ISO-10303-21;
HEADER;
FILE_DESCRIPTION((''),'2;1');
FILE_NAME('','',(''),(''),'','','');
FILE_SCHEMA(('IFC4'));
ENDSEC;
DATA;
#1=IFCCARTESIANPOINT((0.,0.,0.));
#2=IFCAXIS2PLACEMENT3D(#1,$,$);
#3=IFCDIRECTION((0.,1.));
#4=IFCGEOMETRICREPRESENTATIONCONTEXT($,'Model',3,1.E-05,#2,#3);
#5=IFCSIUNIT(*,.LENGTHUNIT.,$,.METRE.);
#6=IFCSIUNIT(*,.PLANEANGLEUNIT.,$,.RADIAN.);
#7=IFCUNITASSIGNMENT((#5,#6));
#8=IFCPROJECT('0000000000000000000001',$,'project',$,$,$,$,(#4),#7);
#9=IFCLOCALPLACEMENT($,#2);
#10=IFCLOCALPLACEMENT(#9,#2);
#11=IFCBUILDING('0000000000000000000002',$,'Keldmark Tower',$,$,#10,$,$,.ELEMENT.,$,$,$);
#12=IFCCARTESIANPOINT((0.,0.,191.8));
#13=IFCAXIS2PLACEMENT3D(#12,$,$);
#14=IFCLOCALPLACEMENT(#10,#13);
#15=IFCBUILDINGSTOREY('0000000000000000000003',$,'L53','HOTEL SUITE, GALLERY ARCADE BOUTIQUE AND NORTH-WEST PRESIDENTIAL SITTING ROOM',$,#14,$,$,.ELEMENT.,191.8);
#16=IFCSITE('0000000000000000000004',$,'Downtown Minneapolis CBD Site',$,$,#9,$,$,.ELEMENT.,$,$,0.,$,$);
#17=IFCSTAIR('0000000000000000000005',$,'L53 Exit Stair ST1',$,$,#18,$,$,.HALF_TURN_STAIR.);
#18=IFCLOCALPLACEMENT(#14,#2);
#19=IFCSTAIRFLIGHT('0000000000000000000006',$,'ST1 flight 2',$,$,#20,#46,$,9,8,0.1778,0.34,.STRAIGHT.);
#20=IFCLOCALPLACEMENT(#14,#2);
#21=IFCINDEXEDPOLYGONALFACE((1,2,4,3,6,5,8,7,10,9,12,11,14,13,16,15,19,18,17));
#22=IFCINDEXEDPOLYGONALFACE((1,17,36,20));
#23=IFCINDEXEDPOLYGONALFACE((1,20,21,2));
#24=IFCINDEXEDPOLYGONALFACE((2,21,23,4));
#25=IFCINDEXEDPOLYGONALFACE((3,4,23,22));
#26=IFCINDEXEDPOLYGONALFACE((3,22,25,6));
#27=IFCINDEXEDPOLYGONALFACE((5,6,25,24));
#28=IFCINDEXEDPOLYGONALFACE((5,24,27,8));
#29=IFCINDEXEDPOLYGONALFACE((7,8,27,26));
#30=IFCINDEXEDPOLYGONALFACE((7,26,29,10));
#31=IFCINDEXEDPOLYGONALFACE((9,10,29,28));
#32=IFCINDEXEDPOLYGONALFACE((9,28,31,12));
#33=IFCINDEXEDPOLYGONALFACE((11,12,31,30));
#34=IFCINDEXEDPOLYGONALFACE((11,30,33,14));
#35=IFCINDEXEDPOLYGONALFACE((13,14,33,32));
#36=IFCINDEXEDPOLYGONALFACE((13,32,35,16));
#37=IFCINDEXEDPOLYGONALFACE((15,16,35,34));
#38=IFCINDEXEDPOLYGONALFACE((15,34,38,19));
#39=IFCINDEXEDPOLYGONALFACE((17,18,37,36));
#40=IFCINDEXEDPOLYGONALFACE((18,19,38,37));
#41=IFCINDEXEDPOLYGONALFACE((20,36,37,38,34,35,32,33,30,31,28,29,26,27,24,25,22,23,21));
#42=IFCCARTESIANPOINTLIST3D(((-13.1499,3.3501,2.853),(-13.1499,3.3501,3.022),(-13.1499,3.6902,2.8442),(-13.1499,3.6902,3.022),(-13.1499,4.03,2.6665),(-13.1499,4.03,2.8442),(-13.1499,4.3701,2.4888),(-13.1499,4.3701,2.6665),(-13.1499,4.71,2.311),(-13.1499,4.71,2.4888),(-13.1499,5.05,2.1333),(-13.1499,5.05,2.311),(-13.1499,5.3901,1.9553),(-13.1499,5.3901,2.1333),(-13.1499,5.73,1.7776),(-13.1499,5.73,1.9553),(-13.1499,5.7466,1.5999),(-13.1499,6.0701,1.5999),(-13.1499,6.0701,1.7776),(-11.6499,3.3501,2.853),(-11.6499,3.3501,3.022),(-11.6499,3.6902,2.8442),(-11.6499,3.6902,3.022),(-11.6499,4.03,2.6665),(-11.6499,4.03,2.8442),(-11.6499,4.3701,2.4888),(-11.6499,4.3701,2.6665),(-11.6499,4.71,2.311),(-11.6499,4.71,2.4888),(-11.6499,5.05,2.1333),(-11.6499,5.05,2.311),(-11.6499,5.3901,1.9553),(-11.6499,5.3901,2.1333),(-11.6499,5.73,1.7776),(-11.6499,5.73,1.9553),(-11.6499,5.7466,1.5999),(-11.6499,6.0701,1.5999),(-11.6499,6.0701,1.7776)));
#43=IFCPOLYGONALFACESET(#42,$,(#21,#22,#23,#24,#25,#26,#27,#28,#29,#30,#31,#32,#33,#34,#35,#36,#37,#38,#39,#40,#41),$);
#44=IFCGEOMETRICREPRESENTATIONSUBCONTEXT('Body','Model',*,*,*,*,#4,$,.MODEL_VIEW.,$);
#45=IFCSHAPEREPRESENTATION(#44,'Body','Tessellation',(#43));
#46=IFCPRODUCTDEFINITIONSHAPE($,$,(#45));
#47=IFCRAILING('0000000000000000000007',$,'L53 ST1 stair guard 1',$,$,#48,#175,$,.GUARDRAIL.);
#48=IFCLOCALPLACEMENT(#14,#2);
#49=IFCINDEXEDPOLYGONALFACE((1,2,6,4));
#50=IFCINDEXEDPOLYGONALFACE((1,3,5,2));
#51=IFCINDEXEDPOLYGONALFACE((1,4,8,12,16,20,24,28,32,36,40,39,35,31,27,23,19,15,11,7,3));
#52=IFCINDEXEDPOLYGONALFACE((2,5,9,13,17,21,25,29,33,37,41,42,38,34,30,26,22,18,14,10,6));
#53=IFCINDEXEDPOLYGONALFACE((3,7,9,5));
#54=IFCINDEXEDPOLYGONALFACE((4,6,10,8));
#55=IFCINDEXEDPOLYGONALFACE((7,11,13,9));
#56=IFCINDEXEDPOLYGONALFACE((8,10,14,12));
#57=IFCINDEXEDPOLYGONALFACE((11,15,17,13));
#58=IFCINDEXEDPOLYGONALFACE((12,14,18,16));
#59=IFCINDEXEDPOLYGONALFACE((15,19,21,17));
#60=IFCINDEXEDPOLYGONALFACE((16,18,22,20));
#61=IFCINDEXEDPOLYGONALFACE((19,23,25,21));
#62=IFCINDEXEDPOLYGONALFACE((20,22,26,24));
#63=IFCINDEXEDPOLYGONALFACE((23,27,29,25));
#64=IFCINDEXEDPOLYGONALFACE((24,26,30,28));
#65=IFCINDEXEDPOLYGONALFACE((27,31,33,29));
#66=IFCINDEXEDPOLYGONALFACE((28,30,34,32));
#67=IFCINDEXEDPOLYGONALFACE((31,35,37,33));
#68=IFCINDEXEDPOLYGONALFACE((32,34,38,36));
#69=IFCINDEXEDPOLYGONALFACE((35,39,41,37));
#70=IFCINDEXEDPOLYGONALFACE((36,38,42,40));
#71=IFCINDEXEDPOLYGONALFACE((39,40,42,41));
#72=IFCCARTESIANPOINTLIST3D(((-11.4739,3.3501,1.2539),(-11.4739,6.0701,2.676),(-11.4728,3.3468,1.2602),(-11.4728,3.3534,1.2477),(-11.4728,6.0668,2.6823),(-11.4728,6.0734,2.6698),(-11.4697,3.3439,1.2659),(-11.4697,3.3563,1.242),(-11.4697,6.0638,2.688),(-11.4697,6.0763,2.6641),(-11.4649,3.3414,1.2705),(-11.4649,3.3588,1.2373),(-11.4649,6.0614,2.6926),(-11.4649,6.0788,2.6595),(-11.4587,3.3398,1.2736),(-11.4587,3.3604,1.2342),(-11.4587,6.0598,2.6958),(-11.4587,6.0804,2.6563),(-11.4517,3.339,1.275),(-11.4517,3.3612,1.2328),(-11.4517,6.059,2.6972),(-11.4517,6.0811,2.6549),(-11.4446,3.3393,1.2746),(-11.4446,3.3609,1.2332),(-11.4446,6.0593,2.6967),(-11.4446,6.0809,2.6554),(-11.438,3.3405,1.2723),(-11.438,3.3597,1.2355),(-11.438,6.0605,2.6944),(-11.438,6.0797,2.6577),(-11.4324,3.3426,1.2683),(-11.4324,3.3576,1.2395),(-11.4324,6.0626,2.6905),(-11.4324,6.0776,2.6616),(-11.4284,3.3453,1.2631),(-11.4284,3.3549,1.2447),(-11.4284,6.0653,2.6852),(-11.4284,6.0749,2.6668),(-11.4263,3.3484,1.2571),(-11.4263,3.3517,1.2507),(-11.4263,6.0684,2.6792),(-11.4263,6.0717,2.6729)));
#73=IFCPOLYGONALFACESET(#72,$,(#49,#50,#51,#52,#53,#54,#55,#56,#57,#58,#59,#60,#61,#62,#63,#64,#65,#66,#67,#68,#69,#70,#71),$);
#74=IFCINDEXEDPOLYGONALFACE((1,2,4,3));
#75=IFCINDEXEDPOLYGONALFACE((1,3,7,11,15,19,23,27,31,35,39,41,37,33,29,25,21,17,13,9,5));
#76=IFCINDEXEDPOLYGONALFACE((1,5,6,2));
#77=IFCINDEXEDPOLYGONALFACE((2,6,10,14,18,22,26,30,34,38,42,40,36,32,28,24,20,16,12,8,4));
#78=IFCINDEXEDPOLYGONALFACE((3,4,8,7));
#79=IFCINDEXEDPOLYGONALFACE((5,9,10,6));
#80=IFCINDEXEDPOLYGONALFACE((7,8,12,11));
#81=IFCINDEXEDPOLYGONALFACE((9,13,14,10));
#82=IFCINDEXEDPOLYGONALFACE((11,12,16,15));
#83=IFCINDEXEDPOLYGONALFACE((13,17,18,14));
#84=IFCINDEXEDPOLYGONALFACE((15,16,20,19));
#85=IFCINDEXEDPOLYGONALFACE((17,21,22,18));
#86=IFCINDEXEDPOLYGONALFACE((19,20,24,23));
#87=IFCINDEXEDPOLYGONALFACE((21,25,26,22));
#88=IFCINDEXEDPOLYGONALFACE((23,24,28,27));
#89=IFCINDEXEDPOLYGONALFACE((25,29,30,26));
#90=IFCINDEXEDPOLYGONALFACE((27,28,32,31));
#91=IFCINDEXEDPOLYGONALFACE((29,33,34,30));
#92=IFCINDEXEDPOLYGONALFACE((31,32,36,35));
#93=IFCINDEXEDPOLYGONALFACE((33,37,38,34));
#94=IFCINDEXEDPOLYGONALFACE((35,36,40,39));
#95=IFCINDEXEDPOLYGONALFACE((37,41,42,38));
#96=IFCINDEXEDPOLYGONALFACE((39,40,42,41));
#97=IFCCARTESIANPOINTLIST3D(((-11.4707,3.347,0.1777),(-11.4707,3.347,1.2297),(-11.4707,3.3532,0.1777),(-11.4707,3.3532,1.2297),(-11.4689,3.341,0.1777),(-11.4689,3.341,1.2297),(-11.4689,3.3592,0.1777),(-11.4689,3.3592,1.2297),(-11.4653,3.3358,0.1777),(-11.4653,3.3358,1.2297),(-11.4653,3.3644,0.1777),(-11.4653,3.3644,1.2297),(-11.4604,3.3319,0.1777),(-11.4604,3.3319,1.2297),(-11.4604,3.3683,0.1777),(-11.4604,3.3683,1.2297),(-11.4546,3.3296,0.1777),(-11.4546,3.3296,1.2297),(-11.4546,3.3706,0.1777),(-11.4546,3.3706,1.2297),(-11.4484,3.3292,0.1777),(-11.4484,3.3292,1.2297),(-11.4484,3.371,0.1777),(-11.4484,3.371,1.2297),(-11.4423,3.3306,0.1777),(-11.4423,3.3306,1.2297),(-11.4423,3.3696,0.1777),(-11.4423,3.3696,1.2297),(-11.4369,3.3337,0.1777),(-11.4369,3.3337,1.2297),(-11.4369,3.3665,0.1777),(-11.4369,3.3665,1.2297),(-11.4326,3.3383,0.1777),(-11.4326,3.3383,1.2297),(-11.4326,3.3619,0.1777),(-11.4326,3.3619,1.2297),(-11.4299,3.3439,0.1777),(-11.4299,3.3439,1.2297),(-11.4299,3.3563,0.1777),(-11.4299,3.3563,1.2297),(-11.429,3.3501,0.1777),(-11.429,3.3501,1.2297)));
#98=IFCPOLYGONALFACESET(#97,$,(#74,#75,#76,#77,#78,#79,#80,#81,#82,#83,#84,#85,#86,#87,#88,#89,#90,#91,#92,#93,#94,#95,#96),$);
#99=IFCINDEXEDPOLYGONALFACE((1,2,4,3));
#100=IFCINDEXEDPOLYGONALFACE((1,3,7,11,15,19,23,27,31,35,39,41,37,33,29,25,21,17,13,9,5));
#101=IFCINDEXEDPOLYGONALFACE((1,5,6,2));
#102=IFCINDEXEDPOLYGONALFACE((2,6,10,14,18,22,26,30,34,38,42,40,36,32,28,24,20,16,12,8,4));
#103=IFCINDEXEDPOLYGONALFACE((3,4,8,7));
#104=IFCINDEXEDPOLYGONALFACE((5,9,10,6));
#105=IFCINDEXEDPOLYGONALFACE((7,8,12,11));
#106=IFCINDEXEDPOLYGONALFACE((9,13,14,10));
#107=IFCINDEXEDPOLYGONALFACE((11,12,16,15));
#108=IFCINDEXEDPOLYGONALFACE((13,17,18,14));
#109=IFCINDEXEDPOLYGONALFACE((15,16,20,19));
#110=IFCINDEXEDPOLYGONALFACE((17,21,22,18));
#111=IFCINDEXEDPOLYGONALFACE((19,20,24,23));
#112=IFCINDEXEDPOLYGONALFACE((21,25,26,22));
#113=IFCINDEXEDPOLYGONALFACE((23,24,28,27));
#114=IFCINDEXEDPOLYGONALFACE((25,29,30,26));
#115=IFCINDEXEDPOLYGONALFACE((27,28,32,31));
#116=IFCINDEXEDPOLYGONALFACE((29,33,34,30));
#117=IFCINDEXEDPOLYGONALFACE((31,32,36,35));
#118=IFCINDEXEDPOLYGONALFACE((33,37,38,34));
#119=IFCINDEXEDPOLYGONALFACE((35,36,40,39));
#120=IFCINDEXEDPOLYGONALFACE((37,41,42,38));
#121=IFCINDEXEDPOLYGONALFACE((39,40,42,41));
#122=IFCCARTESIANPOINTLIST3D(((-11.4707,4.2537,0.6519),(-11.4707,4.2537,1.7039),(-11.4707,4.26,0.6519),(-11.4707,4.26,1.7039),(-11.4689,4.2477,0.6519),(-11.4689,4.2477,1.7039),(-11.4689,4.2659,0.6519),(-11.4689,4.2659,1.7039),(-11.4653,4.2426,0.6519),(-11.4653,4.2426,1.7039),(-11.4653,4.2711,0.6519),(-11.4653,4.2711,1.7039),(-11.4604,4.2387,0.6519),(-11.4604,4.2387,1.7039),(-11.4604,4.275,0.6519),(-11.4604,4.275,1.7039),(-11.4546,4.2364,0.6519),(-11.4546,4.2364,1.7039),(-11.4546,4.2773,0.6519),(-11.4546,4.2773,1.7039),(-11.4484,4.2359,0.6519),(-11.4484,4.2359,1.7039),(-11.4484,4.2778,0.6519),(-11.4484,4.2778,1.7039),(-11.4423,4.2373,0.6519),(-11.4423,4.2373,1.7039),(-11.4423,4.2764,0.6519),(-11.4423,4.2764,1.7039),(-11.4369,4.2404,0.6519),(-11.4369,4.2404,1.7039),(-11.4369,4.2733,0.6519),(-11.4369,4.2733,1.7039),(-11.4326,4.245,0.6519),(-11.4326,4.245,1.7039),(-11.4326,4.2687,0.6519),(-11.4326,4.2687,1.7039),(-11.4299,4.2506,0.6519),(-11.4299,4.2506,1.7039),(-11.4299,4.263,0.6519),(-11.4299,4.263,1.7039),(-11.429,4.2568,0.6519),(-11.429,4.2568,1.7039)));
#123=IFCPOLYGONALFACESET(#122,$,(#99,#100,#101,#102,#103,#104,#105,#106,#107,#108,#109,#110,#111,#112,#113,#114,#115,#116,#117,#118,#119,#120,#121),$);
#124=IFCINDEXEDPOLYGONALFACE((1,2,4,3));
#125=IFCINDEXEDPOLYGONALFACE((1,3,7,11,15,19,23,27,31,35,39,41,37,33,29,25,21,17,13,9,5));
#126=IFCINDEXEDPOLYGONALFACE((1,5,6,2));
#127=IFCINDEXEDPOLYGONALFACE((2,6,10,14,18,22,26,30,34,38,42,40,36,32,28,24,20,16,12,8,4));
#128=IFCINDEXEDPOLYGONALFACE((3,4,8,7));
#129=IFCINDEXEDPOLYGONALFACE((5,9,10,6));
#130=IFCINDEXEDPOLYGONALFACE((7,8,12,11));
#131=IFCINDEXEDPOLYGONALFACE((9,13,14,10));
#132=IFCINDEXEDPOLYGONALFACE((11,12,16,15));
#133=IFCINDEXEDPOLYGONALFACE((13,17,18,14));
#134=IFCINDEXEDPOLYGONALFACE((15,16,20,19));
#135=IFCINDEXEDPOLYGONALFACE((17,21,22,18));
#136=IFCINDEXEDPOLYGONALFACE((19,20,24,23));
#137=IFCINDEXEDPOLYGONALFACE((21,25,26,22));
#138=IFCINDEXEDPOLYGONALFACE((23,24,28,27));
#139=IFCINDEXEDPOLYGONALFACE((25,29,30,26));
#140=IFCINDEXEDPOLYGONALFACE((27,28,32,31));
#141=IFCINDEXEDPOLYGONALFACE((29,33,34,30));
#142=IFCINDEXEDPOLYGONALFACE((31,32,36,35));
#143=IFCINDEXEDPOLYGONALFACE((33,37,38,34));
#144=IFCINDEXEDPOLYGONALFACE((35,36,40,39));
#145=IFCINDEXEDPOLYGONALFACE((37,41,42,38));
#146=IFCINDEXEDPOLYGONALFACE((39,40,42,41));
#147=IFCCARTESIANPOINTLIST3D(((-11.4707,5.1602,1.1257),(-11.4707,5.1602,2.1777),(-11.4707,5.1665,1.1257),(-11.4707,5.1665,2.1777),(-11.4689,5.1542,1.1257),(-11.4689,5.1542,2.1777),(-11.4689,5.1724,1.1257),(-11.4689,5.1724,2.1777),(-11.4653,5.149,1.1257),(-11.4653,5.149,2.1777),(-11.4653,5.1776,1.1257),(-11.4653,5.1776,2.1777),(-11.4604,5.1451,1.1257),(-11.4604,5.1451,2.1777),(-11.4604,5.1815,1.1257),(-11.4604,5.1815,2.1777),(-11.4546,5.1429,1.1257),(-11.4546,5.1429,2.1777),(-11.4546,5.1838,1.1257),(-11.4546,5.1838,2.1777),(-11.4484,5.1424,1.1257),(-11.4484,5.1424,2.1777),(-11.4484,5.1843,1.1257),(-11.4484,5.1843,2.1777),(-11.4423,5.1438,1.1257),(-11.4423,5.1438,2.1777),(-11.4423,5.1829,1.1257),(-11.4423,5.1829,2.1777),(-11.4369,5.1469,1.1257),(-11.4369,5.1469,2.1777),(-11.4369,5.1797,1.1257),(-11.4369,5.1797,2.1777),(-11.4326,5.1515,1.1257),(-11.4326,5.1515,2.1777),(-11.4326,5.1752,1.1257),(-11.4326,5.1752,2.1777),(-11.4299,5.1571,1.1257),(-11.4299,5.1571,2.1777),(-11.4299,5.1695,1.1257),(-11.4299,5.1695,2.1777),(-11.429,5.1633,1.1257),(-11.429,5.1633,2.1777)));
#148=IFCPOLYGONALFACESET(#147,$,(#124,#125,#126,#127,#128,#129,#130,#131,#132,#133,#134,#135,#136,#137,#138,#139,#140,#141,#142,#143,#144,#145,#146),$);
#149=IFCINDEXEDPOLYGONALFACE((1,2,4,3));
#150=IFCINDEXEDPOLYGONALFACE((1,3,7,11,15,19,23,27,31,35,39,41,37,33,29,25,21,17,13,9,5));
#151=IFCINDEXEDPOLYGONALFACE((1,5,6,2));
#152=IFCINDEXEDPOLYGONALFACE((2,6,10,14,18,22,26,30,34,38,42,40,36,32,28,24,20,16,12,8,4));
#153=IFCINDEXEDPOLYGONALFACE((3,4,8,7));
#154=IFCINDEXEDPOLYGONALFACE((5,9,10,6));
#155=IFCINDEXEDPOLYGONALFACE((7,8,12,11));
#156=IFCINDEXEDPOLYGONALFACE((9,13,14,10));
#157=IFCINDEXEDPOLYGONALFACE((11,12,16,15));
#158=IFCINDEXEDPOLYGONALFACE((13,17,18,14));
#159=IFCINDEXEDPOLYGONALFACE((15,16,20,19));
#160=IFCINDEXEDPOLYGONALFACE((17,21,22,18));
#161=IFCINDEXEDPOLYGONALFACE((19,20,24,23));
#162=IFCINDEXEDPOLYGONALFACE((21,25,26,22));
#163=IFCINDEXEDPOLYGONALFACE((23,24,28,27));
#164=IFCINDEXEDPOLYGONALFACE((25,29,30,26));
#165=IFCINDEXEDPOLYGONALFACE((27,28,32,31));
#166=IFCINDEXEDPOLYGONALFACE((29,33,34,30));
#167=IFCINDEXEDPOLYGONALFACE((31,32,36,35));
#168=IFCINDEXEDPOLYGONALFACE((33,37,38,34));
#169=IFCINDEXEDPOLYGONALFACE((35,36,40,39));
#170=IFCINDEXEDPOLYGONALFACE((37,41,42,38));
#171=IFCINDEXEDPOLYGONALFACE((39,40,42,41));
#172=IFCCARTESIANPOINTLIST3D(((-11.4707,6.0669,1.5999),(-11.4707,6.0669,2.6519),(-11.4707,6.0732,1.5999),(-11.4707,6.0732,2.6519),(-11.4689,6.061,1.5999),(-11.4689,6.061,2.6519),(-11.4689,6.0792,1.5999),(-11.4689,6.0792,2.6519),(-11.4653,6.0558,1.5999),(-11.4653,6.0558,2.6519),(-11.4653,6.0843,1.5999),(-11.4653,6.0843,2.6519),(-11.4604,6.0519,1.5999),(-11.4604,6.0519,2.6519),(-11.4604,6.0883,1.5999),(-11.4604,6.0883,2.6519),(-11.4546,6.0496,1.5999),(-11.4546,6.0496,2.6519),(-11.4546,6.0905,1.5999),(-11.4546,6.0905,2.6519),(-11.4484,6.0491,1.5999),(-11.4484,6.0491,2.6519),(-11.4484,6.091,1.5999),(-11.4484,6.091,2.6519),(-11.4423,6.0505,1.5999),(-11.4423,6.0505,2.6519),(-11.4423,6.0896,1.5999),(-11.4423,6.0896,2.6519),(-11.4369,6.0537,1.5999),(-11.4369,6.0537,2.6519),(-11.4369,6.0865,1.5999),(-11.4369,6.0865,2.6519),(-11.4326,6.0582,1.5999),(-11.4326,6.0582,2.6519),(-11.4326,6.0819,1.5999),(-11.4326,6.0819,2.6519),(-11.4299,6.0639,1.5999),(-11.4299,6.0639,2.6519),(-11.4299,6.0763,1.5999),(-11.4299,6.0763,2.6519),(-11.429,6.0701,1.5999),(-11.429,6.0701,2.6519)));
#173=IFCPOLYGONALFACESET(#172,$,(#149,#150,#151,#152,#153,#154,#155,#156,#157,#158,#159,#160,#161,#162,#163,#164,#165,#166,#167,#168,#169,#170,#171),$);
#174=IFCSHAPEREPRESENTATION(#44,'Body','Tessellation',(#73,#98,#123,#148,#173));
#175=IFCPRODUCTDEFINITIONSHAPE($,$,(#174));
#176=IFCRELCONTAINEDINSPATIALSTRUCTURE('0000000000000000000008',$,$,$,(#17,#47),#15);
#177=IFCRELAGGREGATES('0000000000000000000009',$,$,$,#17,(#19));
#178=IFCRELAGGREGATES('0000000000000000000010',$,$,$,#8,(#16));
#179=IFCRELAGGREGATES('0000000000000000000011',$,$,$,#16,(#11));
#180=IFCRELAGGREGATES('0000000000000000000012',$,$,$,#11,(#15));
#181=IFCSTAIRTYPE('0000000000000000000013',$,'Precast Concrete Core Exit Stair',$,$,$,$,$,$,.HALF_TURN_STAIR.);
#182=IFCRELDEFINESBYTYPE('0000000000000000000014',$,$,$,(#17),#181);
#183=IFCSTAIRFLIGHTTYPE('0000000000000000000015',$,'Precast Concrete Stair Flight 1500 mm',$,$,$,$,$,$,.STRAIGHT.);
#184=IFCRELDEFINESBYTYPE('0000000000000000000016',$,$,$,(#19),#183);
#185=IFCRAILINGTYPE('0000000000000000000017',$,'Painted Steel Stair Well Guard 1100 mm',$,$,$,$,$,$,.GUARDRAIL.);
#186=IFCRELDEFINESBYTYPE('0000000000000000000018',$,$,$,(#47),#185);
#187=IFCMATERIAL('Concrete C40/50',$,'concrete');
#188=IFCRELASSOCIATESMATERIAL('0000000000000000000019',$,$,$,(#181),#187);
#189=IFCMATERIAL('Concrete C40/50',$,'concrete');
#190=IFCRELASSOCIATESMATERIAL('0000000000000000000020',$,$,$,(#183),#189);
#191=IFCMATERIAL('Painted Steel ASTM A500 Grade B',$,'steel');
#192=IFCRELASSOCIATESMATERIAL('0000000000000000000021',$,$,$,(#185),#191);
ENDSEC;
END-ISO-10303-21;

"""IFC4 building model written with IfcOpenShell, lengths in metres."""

from ifc_helpers import new_model, si_unit, direction, frame, origin, origin_2d, place, context, subcontext, project, spatial, polyline, circle, outline, extrude, material, type_object, element, aggregate, save


model = new_model("IFC4")

# Units and contexts
model_context = context("Model", 3, precision=1e-05, world=origin(), true_north=direction((0.0, 1.0)))
body_context = subcontext(model_context, "Body", "Model", "MODEL_VIEW")
ifc_project = project(units=[si_unit("LENGTHUNIT", "METRE"), si_unit("PLANEANGLEUNIT", "RADIAN")], contexts=[model_context])

# Site, building, storey
site_placement = place(None, origin())
site = spatial("IfcSite", under=ifc_project, at=site_placement, Name="Downtown Minneapolis CBD Site", CompositionType="ELEMENT", RefElevation=0.0)
building_placement = place(site_placement, origin())
building = spatial("IfcBuilding", under=site, at=building_placement, Name="Keldmark Tower", CompositionType="ELEMENT")
storey_placement = place(building_placement, frame((0.0, 0.0, 191.8)))
storey = spatial("IfcBuildingStorey", under=building, at=storey_placement, Name="L53", Description="HOTEL SUITE, GALLERY ARCADE BOUTIQUE AND NORTH-WEST PRESIDENTIAL SITTING ROOM", CompositionType="ELEMENT", Elevation=191.8)

# Stair, stair flight
ifc_material_1 = material(Name="Concrete C40/50", Category="concrete")
stair_type = type_object("IfcStairType", Name="Precast Concrete Core Exit Stair", PredefinedType="HALF_TURN_STAIR", material=ifc_material_1)
stair_placement = place(storey_placement, origin())
stair = element("IfcStair", 1, at=stair_placement, inside=storey, type_object=stair_type, Name="L53 Exit Stair ST1", PredefinedType="HALF_TURN_STAIR")
ifc_material_2 = material(Name="Concrete C40/50", Category="concrete")
stair_flight_type = type_object("IfcStairFlightType", Name="Precast Concrete Stair Flight 1500 mm", PredefinedType="STRAIGHT", material=ifc_material_2)
stair_flight_placement = place(storey_placement, frame((-12.3999, 6.0701, 1.5999), z_axis=(0.0, 0.0, 1.0), x_axis=(0.0, -1.0, 0.0)))
stair_flight = element("IfcStairFlight", 2, at=stair_flight_placement, type_object=stair_flight_type, Name="ST1 flight 2", NumberOfRisers=9, NumberOfTreads=8, PredefinedType="STRAIGHT", RiserHeight=0.1778, TreadLength=0.34, context=body_context, shape_type="SweptSolid", body=[
    extrude(outline(polyline([(0.0, 0.0), (0.0, 0.1777), (0.3401, 0.1777), (0.3401, 0.3555), (0.6799, 0.3555), (0.6799, 0.5334), (1.02, 0.5334), (1.02, 0.7112), (1.3601, 0.7112), (1.3601, 0.8889), (1.7, 0.8889), (1.7, 1.0667), (2.04, 1.0667), (2.04, 1.2444), (2.3799, 1.2444), (2.3799, 1.4221), (2.72, 1.4221), (2.72, 1.6001), (2.72, 1.2532), (0.3235, 0.0), (0.0, 0.0)])), frame((0.0, 0.75, 0.0), z_axis=(0.0, -1.0, 0.0), x_axis=(1.0, 0.0, 0.0)), (0.0, 0.0, 1.0), 1.5),
])
aggregate(stair, [stair_flight])

# Railing
ifc_material_3 = material(Name="Painted Steel ASTM A500 Grade B", Category="steel")
railing_type_1 = type_object("IfcRailingType", Name="Painted Steel Stair Well Guard 1100 mm", PredefinedType="GUARDRAIL", material=ifc_material_3)
railing_1_placement = place(storey_placement, frame((-11.45, 3.3501, 0.1777)))
element("IfcRailing", 3, at=railing_1_placement, inside=storey, type_object=railing_type_1, Name="L53 ST1 stair guard 1", PredefinedType="GUARDRAIL", context=body_context, shape_type="SweptSolid", body=[
    extrude(circle(Radius=0.0239, at=origin_2d()), frame((0.0, 0.0, 1.0762), z_axis=(0.0, 0.886183, 0.463335), x_axis=(-1.0, 0.0, 0.0)), (0.0, 0.0, 1.0), 3.0693),
    extrude(circle(Radius=0.021, at=origin_2d()), origin(), (0.0, 0.0, 1.0), 1.052),
    extrude(circle(Radius=0.021, at=origin_2d()), frame((0.0, 0.9067, 0.4741)), (0.0, 0.0, 1.0), 1.052),
    extrude(circle(Radius=0.021, at=origin_2d()), frame((0.0, 1.8132, 0.948)), (0.0, 0.0, 1.0), 1.052),
    extrude(circle(Radius=0.021, at=origin_2d()), frame((0.0, 2.72, 1.4221)), (0.0, 0.0, 1.0), 1.052),
])

save(model, "model.ifc")
